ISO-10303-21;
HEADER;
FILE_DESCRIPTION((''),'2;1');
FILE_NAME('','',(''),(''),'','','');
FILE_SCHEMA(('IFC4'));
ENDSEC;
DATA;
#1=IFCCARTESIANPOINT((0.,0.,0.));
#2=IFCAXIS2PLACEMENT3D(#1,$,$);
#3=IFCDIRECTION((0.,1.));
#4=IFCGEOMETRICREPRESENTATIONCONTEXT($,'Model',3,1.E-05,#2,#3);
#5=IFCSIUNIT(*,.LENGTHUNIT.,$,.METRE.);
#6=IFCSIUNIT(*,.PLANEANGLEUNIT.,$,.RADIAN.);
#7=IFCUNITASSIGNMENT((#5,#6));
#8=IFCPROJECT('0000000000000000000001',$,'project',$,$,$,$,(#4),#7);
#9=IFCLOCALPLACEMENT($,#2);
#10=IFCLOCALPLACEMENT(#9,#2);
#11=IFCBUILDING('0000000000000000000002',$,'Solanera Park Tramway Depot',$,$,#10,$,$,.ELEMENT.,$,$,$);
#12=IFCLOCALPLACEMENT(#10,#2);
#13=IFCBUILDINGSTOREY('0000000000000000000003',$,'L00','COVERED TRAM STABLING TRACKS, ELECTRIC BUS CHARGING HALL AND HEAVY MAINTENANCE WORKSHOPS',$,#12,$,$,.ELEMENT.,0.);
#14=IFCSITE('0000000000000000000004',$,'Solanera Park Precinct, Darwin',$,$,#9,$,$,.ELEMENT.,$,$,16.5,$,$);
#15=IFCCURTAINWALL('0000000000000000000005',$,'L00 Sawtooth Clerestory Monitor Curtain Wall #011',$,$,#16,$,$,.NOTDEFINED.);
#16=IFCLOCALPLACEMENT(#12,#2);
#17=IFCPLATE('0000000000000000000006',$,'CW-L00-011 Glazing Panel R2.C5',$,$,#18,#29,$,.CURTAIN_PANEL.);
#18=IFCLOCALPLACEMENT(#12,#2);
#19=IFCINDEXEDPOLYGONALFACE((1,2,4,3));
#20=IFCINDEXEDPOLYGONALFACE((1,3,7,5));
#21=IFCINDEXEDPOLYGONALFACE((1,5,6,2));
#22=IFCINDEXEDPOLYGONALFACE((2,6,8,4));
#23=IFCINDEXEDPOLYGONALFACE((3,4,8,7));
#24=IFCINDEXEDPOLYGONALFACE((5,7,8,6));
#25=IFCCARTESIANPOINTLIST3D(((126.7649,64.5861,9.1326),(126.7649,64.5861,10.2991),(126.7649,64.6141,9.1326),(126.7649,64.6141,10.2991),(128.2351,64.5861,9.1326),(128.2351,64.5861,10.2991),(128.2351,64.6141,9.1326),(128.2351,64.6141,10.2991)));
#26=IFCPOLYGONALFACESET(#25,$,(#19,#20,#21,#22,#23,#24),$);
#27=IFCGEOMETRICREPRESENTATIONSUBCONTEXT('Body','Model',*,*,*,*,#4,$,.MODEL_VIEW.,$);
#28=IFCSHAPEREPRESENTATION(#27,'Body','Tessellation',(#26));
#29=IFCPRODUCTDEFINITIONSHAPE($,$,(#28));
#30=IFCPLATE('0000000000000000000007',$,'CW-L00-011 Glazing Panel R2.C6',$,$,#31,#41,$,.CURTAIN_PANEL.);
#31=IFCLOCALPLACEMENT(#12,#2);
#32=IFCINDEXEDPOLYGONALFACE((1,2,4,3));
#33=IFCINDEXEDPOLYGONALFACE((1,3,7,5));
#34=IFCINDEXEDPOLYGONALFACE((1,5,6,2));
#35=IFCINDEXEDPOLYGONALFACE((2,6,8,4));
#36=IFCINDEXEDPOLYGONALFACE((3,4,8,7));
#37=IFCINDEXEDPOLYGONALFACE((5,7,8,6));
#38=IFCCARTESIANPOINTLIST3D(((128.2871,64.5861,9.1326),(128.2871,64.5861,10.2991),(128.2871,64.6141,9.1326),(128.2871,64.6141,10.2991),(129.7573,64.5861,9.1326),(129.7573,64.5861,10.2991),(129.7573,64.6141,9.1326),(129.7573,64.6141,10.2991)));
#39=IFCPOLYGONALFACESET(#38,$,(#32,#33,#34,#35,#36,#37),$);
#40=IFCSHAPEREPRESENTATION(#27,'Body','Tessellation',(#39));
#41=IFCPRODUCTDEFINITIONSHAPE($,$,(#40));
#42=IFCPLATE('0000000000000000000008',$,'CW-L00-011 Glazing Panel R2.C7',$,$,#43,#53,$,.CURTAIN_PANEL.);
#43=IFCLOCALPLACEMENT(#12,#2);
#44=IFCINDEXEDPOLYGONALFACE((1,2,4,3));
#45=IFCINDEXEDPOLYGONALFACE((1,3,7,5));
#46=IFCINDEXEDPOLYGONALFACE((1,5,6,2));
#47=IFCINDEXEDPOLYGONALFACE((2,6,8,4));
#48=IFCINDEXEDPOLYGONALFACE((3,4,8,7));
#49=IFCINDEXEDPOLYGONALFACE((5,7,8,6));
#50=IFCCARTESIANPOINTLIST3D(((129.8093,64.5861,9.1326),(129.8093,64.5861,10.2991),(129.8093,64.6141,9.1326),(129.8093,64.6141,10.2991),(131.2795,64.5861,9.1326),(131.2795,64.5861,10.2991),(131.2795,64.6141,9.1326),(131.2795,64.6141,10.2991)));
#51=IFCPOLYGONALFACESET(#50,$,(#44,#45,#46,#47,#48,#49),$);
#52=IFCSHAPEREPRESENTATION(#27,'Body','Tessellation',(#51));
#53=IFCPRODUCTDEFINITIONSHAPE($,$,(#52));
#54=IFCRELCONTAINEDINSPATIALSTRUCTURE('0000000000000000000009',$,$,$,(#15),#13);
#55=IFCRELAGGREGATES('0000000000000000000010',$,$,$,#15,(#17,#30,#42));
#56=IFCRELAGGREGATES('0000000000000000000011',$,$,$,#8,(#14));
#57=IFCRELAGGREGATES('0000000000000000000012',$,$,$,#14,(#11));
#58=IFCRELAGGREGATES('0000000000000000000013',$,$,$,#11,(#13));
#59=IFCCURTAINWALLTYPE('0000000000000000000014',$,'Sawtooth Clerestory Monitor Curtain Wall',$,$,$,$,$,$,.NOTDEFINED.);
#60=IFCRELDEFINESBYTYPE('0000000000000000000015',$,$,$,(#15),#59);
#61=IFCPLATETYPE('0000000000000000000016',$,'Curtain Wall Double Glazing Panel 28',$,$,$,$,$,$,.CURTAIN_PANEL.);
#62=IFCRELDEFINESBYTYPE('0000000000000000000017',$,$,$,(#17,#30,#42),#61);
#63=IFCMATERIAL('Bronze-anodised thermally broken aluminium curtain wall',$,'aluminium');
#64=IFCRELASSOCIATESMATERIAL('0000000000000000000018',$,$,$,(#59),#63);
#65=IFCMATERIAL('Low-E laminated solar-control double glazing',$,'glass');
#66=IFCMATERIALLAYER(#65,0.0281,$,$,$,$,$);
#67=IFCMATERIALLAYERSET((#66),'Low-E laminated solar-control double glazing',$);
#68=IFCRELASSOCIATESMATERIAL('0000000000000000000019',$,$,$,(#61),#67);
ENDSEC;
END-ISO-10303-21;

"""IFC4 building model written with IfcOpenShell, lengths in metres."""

from ifc_helpers import new_model, si_unit, direction, frame, origin, origin_2d, place, context, subcontext, project, spatial, rectangle, extrude, material, layer, layer_set, type_object, element, aggregate, save


model = new_model("IFC4")

# Units and contexts
model_context = context("Model", 3, precision=1e-05, world=origin(), true_north=direction((0.0, 1.0)))
body_context = subcontext(model_context, "Body", "Model", "MODEL_VIEW")
ifc_project = project(units=[si_unit("LENGTHUNIT", "METRE"), si_unit("PLANEANGLEUNIT", "RADIAN")], contexts=[model_context])

# Site, building, storey
site_placement = place(None, origin())
site = spatial("IfcSite", under=ifc_project, at=site_placement, Name="Solanera Park Precinct, Darwin", CompositionType="ELEMENT", RefElevation=16.5)
building_placement = place(site_placement, origin())
building = spatial("IfcBuilding", under=site, at=building_placement, Name="Solanera Park Tramway Depot", CompositionType="ELEMENT")
storey_placement = place(building_placement, origin())
storey = spatial("IfcBuildingStorey", under=building, at=storey_placement, Name="L00", Description="COVERED TRAM STABLING TRACKS, ELECTRIC BUS CHARGING HALL AND HEAVY MAINTENANCE WORKSHOPS", CompositionType="ELEMENT", Elevation=0.0)

# Curtain wall, plates
ifc_material_1 = material(Name="Bronze-anodised thermally broken aluminium curtain wall", Category="aluminium")
curtain_wall_type = type_object("IfcCurtainWallType", Name="Sawtooth Clerestory Monitor Curtain Wall", PredefinedType="NOTDEFINED", material=ifc_material_1)
curtain_wall_placement = place(storey_placement, origin())
curtain_wall = element("IfcCurtainWall", 1, at=curtain_wall_placement, inside=storey, type_object=curtain_wall_type, Name="L00 Sawtooth Clerestory Monitor Curtain Wall #011", PredefinedType="NOTDEFINED")
ifc_material_2 = material(Name="Low-E laminated solar-control double glazing", Category="glass")
ifc_layer = layer(ifc_material_2, 0.0281)
ifc_layer_set = layer_set([ifc_layer], Name="Low-E laminated solar-control double glazing")
plate_type = type_object("IfcPlateType", Name="Curtain Wall Double Glazing Panel 28", PredefinedType="CURTAIN_PANEL", material=ifc_layer_set)
plate_1_placement = place(storey_placement, frame((127.5, 64.6001, 9.1326), z_axis=(0.0, 0.0, 1.0), x_axis=(1.0, 0.0, 0.0)))
plate_1 = element("IfcPlate", 2, at=plate_1_placement, type_object=plate_type, Name="CW-L00-011 Glazing Panel R2.C5", PredefinedType="CURTAIN_PANEL", context=body_context, shape_type="SweptSolid", body=[
    extrude(rectangle(XDim=1.4702, YDim=0.0281, at=origin_2d()), origin(), (0.0, 0.0, 1.0), 1.1665),
])
plate_2_placement = place(storey_placement, frame((129.0222, 64.6001, 9.1326), z_axis=(0.0, 0.0, 1.0), x_axis=(1.0, 0.0, 0.0)))
plate_2 = element("IfcPlate", 3, at=plate_2_placement, type_object=plate_type, Name="CW-L00-011 Glazing Panel R2.C6", PredefinedType="CURTAIN_PANEL", context=body_context, shape_type="SweptSolid", body=[
    extrude(rectangle(XDim=1.4702, YDim=0.0281, at=origin_2d()), origin(), (0.0, 0.0, 1.0), 1.1665),
])
plate_3_placement = place(storey_placement, frame((130.5444, 64.6001, 9.1326), z_axis=(0.0, 0.0, 1.0), x_axis=(1.0, 0.0, 0.0)))
plate_3 = element("IfcPlate", 4, at=plate_3_placement, type_object=plate_type, Name="CW-L00-011 Glazing Panel R2.C7", PredefinedType="CURTAIN_PANEL", context=body_context, shape_type="SweptSolid", body=[
    extrude(rectangle(XDim=1.4702, YDim=0.0281, at=origin_2d()), origin(), (0.0, 0.0, 1.0), 1.1665),
])
aggregate(curtain_wall, [plate_1, plate_2, plate_3])

save(model, "model.ifc")
